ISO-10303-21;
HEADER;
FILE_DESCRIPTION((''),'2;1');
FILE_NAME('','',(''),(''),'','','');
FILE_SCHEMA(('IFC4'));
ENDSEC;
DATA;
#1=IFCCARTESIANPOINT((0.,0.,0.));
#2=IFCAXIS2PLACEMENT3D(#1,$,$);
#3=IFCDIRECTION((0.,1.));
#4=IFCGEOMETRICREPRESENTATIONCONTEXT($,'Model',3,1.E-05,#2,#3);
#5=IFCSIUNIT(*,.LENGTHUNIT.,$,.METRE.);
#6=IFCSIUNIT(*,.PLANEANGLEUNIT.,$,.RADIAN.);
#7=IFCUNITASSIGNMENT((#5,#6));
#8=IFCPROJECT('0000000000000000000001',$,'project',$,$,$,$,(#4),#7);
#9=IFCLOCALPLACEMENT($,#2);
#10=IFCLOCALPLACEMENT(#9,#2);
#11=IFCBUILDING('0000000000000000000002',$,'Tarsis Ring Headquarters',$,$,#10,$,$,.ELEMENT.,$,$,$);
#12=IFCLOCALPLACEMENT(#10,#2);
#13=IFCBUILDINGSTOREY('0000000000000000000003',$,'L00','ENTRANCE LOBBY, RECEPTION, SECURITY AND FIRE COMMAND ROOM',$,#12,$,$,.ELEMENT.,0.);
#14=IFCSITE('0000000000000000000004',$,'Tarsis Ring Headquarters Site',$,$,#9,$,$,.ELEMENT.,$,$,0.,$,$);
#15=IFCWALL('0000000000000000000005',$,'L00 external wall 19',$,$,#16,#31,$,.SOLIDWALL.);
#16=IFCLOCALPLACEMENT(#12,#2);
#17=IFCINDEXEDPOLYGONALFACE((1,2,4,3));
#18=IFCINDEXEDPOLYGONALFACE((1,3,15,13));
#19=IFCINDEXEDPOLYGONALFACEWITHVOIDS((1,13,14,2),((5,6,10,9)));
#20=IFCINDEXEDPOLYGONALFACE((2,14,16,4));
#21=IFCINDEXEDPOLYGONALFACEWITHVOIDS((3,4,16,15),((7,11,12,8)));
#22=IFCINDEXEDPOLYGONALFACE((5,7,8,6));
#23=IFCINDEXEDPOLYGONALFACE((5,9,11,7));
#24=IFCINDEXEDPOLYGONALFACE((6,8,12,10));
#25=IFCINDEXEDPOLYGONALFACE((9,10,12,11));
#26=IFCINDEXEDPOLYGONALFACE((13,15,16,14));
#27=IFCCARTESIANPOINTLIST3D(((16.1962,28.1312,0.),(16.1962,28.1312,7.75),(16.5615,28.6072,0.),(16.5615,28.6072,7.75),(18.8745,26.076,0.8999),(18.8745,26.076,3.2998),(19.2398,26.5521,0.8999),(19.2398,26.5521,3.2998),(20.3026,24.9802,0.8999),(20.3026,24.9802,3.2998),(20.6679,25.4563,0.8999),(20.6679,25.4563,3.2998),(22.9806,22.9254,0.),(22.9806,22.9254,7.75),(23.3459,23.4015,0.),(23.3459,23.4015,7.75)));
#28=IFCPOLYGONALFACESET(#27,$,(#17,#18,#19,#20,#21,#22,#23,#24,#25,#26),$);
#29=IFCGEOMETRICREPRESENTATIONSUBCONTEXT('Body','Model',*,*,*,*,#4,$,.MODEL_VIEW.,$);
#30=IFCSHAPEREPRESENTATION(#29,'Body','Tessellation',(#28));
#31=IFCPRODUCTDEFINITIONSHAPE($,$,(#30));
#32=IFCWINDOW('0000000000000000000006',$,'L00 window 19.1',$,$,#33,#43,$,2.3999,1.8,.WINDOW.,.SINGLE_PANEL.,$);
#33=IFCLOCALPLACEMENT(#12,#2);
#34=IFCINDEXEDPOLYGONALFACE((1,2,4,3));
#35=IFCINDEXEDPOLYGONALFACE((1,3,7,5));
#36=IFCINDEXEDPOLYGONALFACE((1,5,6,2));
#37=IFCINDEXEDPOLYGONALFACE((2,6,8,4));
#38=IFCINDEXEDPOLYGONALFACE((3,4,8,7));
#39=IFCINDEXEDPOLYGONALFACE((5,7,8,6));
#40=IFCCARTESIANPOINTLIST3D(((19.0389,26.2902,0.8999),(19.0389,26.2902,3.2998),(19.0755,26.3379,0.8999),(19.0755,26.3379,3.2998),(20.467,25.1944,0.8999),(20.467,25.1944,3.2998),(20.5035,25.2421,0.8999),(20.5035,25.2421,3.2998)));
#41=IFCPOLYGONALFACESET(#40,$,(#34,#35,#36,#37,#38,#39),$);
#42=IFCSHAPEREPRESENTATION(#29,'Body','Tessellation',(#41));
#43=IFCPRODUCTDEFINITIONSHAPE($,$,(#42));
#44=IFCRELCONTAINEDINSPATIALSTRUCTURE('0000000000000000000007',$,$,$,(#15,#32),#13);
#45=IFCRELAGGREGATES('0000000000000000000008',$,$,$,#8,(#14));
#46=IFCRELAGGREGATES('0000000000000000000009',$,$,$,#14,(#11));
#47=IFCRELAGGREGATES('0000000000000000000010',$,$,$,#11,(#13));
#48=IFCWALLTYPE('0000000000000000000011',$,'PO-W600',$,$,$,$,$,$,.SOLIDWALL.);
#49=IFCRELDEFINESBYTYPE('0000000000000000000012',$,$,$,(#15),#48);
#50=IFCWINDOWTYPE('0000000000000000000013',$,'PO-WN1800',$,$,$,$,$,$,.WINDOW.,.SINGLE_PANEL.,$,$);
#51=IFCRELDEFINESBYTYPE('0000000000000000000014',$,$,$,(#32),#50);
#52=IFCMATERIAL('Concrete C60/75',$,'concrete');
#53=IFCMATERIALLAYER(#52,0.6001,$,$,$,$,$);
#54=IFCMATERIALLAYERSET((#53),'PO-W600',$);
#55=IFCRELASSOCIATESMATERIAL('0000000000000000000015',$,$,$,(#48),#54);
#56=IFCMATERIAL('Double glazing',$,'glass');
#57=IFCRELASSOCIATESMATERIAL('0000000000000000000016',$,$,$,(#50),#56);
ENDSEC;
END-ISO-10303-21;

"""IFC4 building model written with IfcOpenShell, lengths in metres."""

from ifc_helpers import new_model, si_unit, direction, frame, frame_2d, origin, place, context, subcontext, project, spatial, rectangle, extrude, material, layer, layer_set, type_object, element, fill, save


model = new_model("IFC4")

# Units and contexts
model_context = context("Model", 3, precision=1e-05, world=origin(), true_north=direction((0.0, 1.0)))
body_context = subcontext(model_context, "Body", "Model", "MODEL_VIEW")
ifc_project = project(units=[si_unit("LENGTHUNIT", "METRE"), si_unit("PLANEANGLEUNIT", "RADIAN")], contexts=[model_context])

# Site, building, storey
site_placement = place(None, origin())
site = spatial("IfcSite", under=ifc_project, at=site_placement, Name="Tarsis Ring Headquarters Site", CompositionType="ELEMENT", RefElevation=0.0)
building_placement = place(site_placement, origin())
building = spatial("IfcBuilding", under=site, at=building_placement, Name="Tarsis Ring Headquarters", CompositionType="ELEMENT")
storey_placement = place(building_placement, origin())
storey = spatial("IfcBuildingStorey", under=building, at=storey_placement, Name="L00", Description="ENTRANCE LOBBY, RECEPTION, SECURITY AND FIRE COMMAND ROOM", CompositionType="ELEMENT", Elevation=0.0)

# Wall, opening, window
ifc_material_1 = material(Name="Concrete C60/75", Category="concrete")
ifc_layer_1 = layer(ifc_material_1, 0.6001)
ifc_layer_set_1 = layer_set([ifc_layer_1], Name="PO-W600")
wall_type_1 = type_object("IfcWallType", Name="PO-W600", PredefinedType="SOLIDWALL", material=ifc_layer_set_1)
ifc_material_2 = material(Name="Double glazing", Category="glass")
window_type = type_object("IfcWindowType", Name="PO-WN1800", PartitioningType="SINGLE_PANEL", PredefinedType="WINDOW", material=ifc_material_2)
wall_1_placement = place(storey_placement, frame((23.1633, 23.1633, 0.0), z_axis=(0.0, 0.0, 1.0), x_axis=(-0.793357, 0.608757, 0.0)))
wall_1 = element("IfcWall", 1, at=wall_1_placement, inside=storey, type_object=wall_type_1, Name="L00 external wall 19", PredefinedType="SOLIDWALL", context=body_context, shape_type="SweptSolid", body=[
    extrude(rectangle(XDim=8.5515, YDim=0.6001, at=frame_2d((4.2759, 0.0))), origin(), (0.0, 0.0, 1.0), 7.75),
])
opening_1_placement = place(wall_1_placement, frame((3.3757, 0.0, 0.8999)))
opening_1 = element("IfcOpeningElement", 2, at=opening_1_placement, cuts=wall_1, PredefinedType="OPENING", context=body_context, shape_type="SweptSolid", body=[
    extrude(rectangle(XDim=1.8, YDim=2.3999, at=frame_2d((0.8999, 1.2))), frame((0.0, 0.3101, 0.0), z_axis=(0.0, -1.0, 0.0), x_axis=(1.0, 0.0, 0.0)), (0.0, 0.0, 1.0), 0.6201),
])
window_1_placement = place(opening_1_placement, origin())
window_1 = element("IfcWindow", 3, at=window_1_placement, inside=storey, type_object=window_type, Name="L00 window 19.1", OverallHeight=2.3999, OverallWidth=1.8, PartitioningType="SINGLE_PANEL", PredefinedType="WINDOW", context=body_context, shape_type="SweptSolid", body=[
    extrude(rectangle(XDim=1.8, YDim=2.3999, at=frame_2d((0.8999, 1.2))), frame((0.0, 0.03, 0.0), z_axis=(0.0, -1.0, 0.0), x_axis=(1.0, 0.0, 0.0)), (0.0, 0.0, 1.0), 0.0601),
])
fill(opening_1, window_1)

save(model, "model.ifc")
